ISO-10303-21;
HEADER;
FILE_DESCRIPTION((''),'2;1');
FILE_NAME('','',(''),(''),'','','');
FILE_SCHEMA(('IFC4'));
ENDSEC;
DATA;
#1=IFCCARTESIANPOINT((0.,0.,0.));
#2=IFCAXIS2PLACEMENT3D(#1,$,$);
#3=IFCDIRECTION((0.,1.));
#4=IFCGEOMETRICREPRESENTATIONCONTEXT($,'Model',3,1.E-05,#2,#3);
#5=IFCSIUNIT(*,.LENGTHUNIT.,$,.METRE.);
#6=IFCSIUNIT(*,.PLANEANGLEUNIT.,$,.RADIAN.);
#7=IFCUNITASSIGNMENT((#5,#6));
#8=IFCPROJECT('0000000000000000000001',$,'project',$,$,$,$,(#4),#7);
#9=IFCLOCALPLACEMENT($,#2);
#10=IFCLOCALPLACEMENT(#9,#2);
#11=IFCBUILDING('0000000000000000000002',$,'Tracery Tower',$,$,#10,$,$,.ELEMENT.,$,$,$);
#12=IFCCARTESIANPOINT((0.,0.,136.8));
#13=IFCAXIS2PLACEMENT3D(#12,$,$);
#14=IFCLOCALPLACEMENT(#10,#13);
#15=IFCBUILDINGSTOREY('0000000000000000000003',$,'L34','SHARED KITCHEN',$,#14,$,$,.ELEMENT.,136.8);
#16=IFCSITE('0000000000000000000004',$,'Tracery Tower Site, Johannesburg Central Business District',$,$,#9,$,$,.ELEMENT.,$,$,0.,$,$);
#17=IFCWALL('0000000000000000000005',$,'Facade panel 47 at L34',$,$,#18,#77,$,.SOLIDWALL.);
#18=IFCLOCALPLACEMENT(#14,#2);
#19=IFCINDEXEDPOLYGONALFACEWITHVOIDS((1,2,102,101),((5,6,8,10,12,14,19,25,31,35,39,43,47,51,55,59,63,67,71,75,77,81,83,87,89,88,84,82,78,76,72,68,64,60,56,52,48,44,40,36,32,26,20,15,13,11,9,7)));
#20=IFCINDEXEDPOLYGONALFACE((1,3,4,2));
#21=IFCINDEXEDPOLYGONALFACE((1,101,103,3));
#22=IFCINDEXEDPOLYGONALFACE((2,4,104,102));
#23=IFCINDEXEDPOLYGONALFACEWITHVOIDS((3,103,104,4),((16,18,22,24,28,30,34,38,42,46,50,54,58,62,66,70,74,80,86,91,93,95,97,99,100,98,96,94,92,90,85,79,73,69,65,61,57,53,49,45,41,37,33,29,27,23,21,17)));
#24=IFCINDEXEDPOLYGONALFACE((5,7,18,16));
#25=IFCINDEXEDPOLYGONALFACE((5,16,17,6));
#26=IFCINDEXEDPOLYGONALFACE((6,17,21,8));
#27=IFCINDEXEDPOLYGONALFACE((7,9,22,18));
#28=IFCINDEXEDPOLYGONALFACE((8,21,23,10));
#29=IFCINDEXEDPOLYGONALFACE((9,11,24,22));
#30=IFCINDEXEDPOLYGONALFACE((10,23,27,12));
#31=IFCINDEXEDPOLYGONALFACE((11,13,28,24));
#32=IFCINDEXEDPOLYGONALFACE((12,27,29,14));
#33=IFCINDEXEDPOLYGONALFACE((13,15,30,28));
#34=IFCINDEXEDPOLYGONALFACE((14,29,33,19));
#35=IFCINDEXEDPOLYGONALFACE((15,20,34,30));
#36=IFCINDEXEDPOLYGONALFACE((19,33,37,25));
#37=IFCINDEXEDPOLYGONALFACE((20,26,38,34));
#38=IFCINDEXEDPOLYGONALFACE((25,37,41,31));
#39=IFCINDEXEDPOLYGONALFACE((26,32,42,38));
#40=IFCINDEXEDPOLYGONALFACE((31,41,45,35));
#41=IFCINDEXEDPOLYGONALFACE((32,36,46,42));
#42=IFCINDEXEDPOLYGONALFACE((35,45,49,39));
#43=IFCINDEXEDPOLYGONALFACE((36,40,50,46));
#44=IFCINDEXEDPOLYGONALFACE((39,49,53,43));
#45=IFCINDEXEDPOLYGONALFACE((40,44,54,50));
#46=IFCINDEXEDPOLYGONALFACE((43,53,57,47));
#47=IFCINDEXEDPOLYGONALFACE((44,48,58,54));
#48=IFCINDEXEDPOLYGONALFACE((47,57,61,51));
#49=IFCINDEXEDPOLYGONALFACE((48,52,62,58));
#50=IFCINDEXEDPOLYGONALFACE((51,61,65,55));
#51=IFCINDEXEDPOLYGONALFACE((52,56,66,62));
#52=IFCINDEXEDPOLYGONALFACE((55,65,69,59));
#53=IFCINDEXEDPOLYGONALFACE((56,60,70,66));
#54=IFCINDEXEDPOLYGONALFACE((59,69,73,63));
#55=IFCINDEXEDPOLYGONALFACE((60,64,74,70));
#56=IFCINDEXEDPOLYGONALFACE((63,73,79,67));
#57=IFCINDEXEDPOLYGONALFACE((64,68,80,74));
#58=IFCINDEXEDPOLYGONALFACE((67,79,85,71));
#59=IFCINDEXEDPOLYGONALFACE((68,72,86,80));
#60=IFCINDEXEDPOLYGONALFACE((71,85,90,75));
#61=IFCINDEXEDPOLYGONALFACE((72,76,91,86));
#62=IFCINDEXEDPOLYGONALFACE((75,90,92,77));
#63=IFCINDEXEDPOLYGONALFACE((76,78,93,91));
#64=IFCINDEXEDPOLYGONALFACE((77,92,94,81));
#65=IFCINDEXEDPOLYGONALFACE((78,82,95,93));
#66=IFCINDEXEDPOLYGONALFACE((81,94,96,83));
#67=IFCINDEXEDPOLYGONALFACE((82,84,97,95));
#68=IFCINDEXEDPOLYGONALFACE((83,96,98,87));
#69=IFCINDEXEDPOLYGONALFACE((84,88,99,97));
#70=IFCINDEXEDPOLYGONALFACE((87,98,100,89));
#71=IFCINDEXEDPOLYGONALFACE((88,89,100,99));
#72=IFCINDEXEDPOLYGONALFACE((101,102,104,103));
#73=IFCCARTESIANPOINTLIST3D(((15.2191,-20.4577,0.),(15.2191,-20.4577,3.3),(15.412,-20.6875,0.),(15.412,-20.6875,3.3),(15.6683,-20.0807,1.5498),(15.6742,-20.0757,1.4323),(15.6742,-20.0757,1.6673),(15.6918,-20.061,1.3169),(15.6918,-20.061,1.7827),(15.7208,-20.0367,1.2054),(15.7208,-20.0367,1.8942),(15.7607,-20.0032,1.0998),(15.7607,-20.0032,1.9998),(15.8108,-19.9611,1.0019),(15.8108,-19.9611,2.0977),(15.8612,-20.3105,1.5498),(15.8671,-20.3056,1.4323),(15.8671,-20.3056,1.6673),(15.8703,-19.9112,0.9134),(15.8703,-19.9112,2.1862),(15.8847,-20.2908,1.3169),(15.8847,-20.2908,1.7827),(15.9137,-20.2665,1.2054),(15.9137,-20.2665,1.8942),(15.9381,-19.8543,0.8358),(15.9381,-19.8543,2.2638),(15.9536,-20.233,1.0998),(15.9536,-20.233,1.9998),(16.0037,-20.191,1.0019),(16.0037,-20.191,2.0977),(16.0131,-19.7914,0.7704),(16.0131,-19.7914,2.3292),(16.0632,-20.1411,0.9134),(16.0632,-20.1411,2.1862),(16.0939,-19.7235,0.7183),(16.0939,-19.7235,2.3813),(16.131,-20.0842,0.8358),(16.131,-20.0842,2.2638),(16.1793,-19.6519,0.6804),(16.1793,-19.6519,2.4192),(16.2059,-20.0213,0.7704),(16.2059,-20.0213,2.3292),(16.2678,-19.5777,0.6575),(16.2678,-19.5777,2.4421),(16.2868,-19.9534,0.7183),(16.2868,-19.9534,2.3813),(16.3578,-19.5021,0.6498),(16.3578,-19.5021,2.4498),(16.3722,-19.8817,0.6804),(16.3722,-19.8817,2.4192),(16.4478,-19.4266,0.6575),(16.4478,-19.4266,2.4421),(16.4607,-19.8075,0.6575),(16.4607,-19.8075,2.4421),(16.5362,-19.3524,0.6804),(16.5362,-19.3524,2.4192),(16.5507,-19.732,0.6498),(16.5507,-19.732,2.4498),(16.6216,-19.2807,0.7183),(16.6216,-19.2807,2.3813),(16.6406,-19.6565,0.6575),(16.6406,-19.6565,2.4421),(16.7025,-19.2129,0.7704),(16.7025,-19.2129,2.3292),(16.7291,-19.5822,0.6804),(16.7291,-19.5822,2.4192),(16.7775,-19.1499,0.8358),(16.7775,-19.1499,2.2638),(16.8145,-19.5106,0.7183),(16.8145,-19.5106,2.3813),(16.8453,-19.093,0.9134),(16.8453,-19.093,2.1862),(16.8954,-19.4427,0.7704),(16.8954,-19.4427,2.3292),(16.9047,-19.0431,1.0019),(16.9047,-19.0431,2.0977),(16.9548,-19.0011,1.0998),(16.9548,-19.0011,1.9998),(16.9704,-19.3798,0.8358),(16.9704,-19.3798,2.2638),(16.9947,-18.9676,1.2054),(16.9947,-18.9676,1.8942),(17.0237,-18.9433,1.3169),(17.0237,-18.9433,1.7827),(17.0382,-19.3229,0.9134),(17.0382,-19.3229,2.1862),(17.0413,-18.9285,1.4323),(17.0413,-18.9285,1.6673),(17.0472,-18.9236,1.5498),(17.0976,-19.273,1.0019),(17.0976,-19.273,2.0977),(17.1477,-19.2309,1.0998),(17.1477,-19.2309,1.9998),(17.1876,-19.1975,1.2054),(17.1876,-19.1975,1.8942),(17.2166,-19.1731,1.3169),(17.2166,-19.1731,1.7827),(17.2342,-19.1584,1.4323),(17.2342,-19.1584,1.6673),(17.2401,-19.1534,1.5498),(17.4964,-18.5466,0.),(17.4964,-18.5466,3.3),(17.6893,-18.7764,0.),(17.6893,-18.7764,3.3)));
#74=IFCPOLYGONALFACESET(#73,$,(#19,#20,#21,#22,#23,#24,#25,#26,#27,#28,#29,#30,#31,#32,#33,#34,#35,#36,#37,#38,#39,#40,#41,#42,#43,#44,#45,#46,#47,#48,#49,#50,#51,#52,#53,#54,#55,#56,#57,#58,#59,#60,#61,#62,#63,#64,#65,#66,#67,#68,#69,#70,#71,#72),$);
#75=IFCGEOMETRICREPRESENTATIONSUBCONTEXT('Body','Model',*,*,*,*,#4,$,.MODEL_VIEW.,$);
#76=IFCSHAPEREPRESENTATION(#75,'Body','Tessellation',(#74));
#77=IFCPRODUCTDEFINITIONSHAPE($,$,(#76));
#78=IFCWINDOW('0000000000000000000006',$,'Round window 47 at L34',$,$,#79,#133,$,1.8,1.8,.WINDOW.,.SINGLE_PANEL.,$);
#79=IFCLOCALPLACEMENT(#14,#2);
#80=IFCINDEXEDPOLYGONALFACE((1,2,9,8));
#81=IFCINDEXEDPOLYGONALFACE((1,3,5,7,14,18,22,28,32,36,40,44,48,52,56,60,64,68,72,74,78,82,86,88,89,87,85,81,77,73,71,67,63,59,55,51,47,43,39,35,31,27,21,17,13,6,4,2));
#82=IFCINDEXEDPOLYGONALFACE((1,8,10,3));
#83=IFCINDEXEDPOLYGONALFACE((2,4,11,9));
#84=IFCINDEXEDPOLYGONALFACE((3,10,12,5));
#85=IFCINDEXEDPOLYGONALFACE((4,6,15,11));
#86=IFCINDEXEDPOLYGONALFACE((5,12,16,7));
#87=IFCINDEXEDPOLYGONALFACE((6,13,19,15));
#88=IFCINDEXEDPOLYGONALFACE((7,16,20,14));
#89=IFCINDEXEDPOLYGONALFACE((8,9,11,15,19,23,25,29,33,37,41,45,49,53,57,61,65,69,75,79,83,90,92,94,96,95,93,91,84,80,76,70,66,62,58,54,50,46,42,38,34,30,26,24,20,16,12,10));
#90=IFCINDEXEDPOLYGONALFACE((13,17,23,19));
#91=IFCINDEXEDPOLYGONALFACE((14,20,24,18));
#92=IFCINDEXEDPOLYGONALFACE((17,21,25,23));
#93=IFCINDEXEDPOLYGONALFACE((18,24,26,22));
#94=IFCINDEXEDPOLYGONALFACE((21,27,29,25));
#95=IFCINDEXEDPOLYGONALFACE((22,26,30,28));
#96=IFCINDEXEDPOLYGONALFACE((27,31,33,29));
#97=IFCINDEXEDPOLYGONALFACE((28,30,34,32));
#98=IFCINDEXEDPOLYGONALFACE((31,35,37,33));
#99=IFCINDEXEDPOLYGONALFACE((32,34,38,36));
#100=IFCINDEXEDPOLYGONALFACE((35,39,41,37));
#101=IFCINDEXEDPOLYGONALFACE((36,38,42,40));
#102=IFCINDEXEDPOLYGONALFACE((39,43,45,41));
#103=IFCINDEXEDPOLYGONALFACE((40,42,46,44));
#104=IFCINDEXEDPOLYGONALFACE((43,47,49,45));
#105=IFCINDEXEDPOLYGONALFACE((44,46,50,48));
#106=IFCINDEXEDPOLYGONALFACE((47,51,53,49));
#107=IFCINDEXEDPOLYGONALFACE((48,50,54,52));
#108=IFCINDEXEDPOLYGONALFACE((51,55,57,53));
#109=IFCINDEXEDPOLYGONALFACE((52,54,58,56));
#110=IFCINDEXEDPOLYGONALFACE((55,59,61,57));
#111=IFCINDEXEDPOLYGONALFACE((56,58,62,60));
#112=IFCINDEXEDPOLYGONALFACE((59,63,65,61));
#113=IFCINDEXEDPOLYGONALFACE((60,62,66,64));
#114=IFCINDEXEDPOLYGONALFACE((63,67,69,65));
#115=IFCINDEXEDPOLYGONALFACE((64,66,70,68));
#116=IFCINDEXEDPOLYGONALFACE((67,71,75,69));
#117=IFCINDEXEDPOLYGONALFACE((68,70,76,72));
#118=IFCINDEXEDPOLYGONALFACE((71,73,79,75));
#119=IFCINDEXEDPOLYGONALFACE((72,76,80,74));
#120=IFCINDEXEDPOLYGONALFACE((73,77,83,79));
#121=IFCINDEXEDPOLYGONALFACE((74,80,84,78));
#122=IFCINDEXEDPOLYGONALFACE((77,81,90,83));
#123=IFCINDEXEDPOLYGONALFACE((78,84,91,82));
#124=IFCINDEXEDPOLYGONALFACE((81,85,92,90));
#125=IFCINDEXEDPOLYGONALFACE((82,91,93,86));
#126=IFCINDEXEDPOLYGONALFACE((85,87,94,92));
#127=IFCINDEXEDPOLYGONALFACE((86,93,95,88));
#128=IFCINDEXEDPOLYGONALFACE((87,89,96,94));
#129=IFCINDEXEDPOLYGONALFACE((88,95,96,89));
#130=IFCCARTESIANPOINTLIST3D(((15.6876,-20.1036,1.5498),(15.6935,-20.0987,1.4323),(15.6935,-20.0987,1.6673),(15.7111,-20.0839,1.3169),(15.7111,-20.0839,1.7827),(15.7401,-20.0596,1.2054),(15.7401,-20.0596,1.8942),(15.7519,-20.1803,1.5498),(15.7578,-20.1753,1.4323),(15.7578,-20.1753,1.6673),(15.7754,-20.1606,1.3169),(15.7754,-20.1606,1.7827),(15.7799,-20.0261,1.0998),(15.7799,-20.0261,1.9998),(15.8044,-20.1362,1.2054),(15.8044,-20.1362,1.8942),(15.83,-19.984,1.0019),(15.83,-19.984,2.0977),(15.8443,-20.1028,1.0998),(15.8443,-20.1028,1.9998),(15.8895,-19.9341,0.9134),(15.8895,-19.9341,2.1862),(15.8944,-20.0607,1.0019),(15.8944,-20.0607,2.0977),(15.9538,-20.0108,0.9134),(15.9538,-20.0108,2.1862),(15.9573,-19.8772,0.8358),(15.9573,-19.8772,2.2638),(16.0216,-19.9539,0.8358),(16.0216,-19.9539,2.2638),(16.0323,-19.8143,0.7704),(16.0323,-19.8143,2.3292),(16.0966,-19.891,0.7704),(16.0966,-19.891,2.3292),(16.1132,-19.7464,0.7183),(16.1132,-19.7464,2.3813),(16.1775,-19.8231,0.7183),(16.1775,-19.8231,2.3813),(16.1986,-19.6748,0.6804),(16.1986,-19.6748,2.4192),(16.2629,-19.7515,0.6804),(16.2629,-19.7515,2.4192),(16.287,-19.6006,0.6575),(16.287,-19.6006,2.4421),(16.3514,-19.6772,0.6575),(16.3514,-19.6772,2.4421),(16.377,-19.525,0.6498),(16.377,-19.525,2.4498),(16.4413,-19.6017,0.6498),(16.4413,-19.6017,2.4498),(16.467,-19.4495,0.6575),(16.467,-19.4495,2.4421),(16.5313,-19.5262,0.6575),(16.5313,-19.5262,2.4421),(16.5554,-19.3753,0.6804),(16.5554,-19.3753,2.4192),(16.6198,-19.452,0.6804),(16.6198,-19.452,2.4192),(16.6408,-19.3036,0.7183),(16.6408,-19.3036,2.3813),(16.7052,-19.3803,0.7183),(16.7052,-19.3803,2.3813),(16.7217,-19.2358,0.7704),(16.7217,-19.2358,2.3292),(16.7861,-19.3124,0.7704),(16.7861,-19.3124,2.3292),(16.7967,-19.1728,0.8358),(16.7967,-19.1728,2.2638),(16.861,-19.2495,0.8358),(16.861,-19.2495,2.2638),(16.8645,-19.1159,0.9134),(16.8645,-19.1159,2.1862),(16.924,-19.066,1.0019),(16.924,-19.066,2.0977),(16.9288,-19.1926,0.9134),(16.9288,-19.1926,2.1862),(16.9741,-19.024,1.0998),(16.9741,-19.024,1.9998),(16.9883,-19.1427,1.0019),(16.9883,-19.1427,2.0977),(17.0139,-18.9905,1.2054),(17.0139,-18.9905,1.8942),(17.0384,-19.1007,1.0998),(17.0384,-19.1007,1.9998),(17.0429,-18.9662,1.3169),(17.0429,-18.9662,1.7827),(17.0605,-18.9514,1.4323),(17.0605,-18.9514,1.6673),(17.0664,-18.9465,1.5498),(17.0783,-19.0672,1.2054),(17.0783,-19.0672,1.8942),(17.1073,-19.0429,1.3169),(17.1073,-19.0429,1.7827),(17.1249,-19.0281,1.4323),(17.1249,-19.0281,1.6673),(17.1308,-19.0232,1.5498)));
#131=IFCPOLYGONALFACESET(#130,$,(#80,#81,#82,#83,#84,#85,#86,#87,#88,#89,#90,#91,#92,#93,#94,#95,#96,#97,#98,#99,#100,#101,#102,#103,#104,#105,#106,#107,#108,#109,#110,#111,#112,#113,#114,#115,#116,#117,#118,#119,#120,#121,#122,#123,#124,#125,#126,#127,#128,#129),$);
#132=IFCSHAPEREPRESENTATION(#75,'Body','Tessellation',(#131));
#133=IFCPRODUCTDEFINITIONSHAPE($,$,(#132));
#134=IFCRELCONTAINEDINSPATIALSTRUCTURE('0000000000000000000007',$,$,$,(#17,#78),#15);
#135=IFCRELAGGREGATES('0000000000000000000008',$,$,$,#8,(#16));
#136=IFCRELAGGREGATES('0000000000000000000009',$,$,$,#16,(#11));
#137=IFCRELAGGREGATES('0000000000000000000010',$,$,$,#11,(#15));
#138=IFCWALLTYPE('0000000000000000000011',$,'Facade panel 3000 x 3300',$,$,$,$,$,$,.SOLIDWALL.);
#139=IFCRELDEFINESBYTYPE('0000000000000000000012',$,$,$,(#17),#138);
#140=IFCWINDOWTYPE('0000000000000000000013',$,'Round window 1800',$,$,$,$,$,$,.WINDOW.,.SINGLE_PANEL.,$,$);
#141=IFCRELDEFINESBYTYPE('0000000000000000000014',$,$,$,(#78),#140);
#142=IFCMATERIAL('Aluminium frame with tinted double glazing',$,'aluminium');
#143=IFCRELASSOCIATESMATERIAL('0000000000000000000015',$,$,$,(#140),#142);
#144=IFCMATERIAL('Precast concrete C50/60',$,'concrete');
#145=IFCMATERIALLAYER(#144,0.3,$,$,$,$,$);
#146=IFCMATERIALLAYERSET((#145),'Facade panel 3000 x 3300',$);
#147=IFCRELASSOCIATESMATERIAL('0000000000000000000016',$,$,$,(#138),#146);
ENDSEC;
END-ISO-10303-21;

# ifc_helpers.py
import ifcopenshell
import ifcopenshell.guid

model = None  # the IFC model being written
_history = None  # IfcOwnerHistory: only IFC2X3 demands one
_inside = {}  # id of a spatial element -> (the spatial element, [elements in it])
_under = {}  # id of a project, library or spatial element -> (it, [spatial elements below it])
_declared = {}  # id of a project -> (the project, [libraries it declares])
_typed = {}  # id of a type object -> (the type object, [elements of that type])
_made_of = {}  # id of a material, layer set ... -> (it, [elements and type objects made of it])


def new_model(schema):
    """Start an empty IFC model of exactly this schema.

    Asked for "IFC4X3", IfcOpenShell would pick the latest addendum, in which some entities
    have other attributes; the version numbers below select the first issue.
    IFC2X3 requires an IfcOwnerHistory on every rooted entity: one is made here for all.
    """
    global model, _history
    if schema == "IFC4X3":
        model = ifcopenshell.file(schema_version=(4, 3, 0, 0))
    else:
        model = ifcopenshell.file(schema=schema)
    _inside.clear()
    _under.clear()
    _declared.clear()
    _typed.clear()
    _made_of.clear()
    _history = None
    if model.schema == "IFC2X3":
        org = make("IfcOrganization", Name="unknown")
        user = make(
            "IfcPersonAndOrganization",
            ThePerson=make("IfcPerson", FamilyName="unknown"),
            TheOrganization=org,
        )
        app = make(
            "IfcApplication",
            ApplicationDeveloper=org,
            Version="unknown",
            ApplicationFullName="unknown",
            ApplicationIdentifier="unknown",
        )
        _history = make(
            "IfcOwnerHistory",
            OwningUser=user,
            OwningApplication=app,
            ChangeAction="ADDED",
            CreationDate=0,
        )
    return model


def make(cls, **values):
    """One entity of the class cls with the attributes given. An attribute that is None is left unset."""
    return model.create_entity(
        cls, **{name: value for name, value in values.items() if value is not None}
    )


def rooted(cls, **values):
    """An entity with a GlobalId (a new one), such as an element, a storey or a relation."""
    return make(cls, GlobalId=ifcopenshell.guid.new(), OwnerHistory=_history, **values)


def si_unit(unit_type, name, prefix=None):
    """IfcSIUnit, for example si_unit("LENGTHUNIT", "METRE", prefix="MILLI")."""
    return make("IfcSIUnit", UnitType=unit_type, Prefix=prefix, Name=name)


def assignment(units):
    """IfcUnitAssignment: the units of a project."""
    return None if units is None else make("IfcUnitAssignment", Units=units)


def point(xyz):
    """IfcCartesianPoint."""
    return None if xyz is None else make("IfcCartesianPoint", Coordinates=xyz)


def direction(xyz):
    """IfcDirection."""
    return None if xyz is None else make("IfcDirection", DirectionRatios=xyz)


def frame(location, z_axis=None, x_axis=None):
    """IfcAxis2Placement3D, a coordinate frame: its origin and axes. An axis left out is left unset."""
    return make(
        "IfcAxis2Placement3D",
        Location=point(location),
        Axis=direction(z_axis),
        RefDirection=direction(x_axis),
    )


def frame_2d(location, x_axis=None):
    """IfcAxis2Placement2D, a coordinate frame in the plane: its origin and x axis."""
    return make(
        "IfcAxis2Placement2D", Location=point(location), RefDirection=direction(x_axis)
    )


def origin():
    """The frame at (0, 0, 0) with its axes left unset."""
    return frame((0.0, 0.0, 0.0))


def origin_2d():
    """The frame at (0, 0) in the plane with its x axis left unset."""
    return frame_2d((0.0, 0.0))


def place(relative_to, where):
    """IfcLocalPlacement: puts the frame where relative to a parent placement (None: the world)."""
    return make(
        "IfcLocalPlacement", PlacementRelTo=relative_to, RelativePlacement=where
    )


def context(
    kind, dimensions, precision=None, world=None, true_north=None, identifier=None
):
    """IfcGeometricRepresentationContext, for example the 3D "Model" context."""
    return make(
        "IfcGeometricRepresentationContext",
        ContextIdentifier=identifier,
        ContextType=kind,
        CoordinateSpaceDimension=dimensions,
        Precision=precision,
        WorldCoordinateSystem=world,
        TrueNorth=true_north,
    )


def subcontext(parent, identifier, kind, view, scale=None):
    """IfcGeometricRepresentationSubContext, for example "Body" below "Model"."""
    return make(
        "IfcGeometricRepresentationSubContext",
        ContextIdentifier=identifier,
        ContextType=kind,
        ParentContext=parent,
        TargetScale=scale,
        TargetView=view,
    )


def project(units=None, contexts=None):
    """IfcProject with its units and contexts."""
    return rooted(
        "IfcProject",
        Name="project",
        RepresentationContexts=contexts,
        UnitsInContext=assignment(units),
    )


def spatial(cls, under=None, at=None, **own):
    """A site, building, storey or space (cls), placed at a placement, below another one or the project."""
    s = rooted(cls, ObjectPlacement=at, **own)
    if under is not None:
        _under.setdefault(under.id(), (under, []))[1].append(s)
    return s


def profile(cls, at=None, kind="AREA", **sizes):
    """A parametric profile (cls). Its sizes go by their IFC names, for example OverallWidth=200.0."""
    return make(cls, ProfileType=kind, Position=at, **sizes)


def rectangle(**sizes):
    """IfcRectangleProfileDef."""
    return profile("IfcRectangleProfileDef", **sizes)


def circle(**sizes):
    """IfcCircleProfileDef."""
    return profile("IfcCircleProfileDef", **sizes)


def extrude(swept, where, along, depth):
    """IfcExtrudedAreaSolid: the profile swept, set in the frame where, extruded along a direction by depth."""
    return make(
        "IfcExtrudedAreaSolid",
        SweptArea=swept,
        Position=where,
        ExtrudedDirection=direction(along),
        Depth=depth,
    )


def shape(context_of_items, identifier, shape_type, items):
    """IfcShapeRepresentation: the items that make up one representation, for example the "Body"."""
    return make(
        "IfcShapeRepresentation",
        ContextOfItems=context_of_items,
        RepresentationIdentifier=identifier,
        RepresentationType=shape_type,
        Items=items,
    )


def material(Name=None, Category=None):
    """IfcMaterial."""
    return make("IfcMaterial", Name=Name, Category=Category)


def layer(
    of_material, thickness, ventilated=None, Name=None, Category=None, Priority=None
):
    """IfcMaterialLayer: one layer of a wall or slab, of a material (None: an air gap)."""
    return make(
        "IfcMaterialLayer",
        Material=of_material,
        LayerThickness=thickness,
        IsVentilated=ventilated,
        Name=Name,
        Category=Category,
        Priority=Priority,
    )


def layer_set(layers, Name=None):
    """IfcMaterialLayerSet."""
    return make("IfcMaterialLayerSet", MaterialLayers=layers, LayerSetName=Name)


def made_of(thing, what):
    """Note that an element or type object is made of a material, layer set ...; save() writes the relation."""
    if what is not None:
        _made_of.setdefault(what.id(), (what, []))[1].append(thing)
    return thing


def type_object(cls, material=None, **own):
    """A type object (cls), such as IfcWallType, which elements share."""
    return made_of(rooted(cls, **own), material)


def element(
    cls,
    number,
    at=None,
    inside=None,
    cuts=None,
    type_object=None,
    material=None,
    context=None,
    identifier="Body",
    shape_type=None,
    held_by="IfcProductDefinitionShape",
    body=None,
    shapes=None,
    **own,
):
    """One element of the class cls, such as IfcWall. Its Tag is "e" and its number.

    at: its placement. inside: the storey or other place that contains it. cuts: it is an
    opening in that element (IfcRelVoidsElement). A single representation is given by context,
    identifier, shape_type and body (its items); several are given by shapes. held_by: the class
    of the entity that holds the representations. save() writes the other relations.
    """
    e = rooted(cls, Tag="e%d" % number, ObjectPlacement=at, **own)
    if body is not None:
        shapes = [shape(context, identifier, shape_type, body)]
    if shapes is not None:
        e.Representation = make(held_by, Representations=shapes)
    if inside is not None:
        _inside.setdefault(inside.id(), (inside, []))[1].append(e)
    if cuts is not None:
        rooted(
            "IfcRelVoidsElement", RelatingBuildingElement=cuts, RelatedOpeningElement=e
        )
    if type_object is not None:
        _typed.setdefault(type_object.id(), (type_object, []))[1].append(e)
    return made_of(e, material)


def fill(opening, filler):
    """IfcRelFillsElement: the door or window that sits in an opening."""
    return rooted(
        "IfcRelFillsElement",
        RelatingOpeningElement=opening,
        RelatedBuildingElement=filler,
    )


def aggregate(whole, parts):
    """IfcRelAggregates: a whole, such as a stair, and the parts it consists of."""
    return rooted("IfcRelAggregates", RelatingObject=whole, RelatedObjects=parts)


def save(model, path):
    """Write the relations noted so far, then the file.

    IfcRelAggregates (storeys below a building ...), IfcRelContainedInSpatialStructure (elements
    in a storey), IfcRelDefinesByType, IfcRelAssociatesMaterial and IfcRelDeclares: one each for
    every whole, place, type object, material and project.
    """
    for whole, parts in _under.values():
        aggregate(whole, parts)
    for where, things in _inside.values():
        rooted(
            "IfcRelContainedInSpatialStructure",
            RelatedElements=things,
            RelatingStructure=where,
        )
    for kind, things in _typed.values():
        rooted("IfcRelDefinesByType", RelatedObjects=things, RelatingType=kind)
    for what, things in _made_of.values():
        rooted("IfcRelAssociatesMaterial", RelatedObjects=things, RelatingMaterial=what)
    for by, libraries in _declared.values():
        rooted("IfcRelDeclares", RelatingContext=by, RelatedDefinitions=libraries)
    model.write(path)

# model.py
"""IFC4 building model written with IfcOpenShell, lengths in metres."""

from ifc_helpers import new_model, si_unit, direction, frame, frame_2d, origin, origin_2d, place, context, subcontext, project, spatial, rectangle, circle, extrude, material, layer, layer_set, type_object, element, fill, save


model = new_model("IFC4")

# Units and contexts
model_context = context("Model", 3, precision=1e-05, world=origin(), true_north=direction((0.0, 1.0)))
body_context = subcontext(model_context, "Body", "Model", "MODEL_VIEW")
ifc_project = project(units=[si_unit("LENGTHUNIT", "METRE"), si_unit("PLANEANGLEUNIT", "RADIAN")], contexts=[model_context])

# Site, building, storey
site_placement = place(None, origin())
site = spatial("IfcSite", under=ifc_project, at=site_placement, Name="Tracery Tower Site, Johannesburg Central Business District", CompositionType="ELEMENT", RefElevation=0.0)
building_placement = place(site_placement, origin())
building = spatial("IfcBuilding", under=site, at=building_placement, Name="Tracery Tower", CompositionType="ELEMENT")
storey_placement = place(building_placement, frame((0.0, 0.0, 136.8)))
storey = spatial("IfcBuildingStorey", under=building, at=storey_placement, Name="L34", Description="SHARED KITCHEN", CompositionType="ELEMENT", Elevation=136.8)

# Wall, opening, window
ifc_material_1 = material(Name="Aluminium frame with tinted double glazing", Category="aluminium")
window_type = type_object("IfcWindowType", Name="Round window 1800", PartitioningType="SINGLE_PANEL", PredefinedType="WINDOW", material=ifc_material_1)
ifc_material_2 = material(Name="Precast concrete C50/60", Category="concrete")
ifc_layer_1 = layer(ifc_material_2, 0.3)
ifc_layer_set_1 = layer_set([ifc_layer_1], Name="Facade panel 3000 x 3300")
wall_type_1 = type_object("IfcWallType", Name="Facade panel 3000 x 3300", PredefinedType="SOLIDWALL", material=ifc_layer_set_1)
wall_1_placement = place(storey_placement, frame((15.3157, -20.5725, 0.0), z_axis=(0.0, 0.0, 1.0), x_axis=(0.766009, 0.64283, 0.0)))
wall_1 = element("IfcWall", 1, at=wall_1_placement, inside=storey, type_object=wall_type_1, Name="Facade panel 47 at L34", PredefinedType="SOLIDWALL", context=body_context, shape_type="SweptSolid", body=[
    extrude(rectangle(XDim=2.9729, YDim=0.3, at=frame_2d((1.4863, 0.0))), origin(), (0.0, 0.0, 1.0), 3.3),
])
opening_1_placement = place(wall_1_placement, frame((1.4863, 0.0, 1.5498)))
opening_1 = element("IfcOpeningElement", 2, at=opening_1_placement, cuts=wall_1, PredefinedType="OPENING", context=body_context, shape_type="SweptSolid", body=[
    extrude(circle(Radius=0.9, at=origin_2d()), frame((0.0, 0.1599, 0.0), z_axis=(0.0, -1.0, 0.0), x_axis=(1.0, 0.0, 0.0)), (0.0, 0.0, 1.0), 0.3201),
])
window_1_placement = place(opening_1_placement, origin())
window_1 = element("IfcWindow", 3, at=window_1_placement, inside=storey, type_object=window_type, Name="Round window 47 at L34", OverallHeight=1.8, OverallWidth=1.8, PartitioningType="SINGLE_PANEL", PredefinedType="WINDOW", context=body_context, shape_type="SweptSolid", body=[
    extrude(circle(Radius=0.9, at=origin_2d()), frame((0.0, 0.1201, 0.0), z_axis=(0.0, -1.0, 0.0), x_axis=(1.0, 0.0, 0.0)), (0.0, 0.0, 1.0), 0.1001),
])
fill(opening_1, window_1)

save(model, "model.ifc")
